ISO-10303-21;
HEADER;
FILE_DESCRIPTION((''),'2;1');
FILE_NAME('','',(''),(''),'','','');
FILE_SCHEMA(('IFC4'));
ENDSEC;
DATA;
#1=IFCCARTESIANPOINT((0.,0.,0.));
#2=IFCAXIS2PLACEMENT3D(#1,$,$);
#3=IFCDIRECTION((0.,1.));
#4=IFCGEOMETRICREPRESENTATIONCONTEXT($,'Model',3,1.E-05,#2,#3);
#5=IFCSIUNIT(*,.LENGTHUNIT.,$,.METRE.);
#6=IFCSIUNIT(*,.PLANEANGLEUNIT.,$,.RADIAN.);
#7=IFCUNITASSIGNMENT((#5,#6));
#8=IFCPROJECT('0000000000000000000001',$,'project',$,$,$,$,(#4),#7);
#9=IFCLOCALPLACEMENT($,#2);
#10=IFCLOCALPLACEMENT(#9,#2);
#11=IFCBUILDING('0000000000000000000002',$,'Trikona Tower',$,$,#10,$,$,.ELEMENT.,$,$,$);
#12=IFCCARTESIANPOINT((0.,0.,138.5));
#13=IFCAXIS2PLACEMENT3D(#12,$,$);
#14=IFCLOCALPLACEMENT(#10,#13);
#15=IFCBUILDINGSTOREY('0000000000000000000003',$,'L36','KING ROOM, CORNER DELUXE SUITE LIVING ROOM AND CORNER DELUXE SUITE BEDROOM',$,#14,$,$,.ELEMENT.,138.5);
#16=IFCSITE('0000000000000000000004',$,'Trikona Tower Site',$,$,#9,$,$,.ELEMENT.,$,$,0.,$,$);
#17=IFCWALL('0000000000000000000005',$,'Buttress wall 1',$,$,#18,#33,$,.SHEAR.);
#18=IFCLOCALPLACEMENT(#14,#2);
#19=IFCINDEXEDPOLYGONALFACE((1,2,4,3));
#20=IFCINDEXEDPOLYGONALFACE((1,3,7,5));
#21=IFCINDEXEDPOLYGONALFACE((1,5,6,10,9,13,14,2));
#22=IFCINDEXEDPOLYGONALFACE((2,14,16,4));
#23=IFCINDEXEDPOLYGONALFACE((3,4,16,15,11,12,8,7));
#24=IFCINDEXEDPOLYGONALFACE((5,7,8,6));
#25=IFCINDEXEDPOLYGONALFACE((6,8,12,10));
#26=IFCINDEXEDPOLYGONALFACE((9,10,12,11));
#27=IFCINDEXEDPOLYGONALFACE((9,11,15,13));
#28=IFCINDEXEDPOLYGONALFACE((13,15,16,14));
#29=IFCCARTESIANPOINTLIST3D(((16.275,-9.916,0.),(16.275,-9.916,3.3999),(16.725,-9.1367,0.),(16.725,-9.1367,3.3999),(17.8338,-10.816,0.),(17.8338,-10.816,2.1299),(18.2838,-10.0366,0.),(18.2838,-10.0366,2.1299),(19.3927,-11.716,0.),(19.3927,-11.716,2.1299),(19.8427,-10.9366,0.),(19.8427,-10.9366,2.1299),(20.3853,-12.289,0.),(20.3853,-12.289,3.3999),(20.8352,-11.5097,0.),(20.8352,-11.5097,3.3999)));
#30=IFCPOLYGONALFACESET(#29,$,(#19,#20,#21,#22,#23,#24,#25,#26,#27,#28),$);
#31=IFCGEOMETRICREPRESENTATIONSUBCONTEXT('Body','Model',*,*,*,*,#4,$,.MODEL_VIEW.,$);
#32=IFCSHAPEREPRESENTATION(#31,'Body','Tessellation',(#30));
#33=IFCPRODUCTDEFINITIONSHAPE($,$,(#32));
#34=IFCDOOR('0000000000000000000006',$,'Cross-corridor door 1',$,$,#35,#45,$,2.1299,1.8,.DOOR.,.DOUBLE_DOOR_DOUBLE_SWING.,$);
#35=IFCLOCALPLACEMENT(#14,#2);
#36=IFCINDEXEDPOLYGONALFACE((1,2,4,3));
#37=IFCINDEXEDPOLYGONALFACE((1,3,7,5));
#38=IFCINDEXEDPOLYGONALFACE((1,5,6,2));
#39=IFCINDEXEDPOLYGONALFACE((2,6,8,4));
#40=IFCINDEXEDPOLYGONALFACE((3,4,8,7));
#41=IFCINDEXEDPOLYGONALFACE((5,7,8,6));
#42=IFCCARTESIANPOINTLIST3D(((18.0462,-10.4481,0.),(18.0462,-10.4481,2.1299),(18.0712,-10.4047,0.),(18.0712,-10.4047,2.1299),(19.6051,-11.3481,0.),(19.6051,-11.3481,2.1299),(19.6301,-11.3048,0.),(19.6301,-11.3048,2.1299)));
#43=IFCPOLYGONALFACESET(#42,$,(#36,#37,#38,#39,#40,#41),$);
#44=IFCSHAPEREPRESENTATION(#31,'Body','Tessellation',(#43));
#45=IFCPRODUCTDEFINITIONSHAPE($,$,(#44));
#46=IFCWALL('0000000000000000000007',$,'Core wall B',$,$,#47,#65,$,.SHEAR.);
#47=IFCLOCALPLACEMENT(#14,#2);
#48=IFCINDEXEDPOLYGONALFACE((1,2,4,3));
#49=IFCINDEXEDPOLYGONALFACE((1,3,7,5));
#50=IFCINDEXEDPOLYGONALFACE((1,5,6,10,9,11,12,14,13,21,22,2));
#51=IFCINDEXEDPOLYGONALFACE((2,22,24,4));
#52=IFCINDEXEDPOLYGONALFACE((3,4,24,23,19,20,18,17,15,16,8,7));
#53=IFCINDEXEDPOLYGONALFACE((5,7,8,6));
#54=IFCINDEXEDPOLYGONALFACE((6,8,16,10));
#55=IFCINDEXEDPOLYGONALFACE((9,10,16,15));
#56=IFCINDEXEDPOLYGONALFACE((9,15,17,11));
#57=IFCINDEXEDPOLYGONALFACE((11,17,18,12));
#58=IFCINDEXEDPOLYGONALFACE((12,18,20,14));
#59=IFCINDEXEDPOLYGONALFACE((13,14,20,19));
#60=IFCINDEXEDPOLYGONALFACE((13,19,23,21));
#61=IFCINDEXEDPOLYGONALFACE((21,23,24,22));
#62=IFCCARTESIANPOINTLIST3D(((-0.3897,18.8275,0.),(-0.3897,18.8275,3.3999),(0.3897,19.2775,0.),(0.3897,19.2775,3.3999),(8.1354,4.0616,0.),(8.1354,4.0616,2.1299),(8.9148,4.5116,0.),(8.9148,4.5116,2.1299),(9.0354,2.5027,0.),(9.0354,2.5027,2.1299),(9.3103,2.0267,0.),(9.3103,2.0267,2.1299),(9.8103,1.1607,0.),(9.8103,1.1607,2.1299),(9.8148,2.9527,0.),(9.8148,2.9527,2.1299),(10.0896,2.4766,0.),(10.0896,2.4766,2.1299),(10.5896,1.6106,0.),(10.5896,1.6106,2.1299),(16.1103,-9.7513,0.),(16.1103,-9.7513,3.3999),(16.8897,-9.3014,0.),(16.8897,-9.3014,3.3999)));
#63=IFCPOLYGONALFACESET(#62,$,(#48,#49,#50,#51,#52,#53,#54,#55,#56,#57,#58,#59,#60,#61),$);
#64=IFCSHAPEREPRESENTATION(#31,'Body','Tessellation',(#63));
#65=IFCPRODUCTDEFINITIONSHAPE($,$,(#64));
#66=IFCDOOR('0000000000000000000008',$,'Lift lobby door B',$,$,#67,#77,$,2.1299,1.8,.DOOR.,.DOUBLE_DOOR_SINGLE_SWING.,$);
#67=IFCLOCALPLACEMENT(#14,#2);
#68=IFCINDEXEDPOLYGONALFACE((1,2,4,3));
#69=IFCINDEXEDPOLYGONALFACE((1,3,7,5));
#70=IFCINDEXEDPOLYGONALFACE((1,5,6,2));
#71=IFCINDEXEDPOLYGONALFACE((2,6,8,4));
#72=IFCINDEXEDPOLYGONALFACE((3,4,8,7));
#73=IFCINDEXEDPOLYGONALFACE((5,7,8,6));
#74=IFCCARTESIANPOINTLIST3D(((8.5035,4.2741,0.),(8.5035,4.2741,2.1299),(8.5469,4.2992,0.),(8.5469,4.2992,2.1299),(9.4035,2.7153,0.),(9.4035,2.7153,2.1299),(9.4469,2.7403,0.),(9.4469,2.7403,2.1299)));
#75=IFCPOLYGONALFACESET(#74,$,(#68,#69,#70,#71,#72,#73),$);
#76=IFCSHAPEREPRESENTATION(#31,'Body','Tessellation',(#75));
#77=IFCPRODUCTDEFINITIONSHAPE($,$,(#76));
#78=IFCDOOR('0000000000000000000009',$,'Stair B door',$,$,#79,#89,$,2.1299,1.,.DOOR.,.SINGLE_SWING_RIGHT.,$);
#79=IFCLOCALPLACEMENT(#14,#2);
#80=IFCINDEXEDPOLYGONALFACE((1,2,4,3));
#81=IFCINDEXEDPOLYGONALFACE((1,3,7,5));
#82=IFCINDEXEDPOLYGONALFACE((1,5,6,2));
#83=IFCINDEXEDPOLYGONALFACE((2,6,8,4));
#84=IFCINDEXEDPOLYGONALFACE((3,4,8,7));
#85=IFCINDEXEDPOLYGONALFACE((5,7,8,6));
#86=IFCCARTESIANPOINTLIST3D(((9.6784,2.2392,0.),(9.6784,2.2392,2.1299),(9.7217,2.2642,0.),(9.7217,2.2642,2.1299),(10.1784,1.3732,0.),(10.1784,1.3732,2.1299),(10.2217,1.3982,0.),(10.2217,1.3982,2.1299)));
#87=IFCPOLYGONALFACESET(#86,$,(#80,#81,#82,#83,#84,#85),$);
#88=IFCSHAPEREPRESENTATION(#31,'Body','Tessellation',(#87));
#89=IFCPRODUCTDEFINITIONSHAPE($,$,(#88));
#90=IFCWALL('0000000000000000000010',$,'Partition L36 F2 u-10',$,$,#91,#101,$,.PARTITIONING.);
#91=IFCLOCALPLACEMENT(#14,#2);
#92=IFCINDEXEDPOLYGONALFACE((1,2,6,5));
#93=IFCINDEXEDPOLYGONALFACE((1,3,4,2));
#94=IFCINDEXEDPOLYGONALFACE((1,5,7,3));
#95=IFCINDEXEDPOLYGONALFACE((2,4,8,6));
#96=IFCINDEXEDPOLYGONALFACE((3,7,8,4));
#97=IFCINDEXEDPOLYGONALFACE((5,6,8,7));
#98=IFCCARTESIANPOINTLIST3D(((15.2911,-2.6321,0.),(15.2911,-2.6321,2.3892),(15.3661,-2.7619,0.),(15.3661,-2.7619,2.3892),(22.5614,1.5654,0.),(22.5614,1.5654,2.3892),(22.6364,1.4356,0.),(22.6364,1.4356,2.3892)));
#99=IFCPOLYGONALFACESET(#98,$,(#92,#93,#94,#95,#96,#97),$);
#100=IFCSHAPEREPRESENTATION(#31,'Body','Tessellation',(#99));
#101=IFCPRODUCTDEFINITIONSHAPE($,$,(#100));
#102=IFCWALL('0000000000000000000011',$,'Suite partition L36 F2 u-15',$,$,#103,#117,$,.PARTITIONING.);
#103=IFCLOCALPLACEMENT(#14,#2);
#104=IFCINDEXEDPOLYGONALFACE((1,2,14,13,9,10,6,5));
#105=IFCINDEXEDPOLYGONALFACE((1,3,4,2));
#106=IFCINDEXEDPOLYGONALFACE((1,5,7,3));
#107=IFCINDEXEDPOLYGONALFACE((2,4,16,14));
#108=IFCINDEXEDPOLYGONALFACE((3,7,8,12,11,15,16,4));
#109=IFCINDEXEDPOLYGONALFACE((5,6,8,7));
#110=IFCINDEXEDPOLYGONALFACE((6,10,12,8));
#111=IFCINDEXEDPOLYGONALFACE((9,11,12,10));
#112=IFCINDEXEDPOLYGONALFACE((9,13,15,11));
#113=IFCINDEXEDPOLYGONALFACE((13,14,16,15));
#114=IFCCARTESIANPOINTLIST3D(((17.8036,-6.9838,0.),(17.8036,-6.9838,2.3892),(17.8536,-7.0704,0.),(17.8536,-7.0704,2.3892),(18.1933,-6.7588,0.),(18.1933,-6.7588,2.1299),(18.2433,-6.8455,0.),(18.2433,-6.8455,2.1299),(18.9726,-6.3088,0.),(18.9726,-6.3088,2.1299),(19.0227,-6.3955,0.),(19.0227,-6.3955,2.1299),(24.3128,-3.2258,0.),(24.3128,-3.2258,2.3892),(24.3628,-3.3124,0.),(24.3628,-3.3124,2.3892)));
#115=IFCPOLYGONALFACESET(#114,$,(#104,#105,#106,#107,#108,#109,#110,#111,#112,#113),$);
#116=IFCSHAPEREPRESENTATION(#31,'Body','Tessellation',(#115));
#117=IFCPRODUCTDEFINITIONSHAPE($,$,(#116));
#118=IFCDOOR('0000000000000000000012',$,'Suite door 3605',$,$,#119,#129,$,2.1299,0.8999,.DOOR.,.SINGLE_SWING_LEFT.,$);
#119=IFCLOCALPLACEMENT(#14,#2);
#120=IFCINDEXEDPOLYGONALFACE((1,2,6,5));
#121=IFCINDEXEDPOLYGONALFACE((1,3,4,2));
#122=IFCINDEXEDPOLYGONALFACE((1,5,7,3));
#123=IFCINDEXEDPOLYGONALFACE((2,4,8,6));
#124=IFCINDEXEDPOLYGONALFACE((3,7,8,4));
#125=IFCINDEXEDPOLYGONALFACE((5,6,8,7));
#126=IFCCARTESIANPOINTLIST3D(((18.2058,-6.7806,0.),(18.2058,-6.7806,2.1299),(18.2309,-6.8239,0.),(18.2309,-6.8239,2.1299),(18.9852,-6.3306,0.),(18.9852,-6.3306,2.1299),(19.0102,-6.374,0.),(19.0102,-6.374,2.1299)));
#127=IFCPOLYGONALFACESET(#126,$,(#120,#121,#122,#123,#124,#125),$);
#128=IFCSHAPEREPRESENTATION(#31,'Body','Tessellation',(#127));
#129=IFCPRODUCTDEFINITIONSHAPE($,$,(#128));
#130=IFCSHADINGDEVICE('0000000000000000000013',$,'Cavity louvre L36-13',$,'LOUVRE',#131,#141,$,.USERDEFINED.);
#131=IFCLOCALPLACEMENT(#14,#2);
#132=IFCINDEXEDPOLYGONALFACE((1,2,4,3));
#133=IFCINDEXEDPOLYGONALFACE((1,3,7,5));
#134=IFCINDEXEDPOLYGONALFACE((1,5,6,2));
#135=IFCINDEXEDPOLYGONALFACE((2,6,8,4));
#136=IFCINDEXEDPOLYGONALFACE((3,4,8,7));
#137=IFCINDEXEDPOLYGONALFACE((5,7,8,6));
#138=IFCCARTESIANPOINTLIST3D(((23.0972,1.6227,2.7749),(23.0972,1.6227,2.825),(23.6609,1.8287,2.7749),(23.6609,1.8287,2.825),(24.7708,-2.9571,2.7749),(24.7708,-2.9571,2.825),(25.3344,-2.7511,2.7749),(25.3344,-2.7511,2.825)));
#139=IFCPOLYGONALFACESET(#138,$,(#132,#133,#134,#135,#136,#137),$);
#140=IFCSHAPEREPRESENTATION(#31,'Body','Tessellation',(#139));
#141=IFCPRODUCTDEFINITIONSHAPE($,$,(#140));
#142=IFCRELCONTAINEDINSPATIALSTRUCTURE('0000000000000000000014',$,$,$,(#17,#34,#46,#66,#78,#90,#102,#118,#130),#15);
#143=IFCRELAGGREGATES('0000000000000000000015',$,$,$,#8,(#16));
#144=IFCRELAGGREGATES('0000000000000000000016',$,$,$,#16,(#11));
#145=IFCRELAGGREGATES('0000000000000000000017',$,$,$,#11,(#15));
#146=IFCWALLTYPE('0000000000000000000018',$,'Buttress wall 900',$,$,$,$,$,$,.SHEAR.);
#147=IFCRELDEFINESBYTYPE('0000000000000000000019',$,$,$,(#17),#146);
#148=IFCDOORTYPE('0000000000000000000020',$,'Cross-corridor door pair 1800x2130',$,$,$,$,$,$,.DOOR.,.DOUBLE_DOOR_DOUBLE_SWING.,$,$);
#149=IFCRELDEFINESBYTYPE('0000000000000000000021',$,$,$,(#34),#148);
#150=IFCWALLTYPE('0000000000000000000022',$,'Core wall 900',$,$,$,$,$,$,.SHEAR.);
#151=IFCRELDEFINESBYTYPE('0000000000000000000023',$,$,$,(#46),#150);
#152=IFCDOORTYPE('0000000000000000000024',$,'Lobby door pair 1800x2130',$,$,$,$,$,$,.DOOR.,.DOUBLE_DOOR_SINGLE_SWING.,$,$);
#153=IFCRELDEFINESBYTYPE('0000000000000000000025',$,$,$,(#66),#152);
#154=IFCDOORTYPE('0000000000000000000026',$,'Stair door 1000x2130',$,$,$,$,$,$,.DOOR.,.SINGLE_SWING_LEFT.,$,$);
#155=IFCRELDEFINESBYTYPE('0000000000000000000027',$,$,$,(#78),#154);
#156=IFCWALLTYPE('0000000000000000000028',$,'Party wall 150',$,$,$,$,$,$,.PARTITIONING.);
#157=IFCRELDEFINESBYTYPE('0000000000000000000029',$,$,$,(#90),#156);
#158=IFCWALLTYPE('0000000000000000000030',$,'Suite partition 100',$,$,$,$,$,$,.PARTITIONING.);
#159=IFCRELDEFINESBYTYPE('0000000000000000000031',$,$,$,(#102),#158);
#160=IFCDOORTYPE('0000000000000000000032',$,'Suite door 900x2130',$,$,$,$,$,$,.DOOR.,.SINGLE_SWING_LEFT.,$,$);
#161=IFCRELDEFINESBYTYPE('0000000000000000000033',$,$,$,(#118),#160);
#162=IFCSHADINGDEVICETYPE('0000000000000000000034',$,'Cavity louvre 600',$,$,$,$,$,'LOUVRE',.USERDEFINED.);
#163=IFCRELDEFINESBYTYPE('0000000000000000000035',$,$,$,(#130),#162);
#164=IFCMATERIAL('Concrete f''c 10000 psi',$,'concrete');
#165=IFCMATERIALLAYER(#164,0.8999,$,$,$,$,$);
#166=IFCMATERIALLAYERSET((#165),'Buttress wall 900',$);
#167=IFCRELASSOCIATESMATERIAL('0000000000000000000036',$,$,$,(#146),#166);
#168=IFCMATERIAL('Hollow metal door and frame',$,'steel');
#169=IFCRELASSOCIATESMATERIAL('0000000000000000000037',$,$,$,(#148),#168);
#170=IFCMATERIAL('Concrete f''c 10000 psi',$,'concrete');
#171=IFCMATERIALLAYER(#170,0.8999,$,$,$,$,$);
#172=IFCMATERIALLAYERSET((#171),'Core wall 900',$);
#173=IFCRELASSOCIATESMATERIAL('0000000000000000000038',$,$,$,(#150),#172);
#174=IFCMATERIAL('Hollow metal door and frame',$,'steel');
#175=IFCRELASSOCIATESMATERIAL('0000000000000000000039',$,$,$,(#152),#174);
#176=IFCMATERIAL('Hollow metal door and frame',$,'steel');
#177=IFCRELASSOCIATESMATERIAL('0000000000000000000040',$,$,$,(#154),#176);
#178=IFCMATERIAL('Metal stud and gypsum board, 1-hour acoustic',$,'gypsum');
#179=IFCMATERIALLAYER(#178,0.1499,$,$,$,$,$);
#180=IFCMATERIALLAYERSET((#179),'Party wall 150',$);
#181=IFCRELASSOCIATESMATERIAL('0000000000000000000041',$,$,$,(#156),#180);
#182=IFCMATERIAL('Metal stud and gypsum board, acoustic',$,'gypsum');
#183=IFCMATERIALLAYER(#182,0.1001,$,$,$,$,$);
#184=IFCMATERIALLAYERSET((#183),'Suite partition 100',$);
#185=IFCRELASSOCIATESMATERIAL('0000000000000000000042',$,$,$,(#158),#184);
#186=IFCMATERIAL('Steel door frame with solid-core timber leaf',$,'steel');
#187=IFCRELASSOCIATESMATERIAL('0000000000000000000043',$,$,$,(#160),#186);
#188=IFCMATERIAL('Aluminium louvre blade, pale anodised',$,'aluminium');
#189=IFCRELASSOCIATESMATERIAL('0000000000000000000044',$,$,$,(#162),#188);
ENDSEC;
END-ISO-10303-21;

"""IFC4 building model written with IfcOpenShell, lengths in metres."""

from ifc_helpers import new_model, si_unit, direction, frame, frame_2d, origin, origin_2d, place, context, subcontext, project, spatial, rectangle, extrude, material, layer, layer_set, type_object, element, fill, save


model = new_model("IFC4")

# Units and contexts
model_context = context("Model", 3, precision=1e-05, world=origin(), true_north=direction((0.0, 1.0)))
body_context = subcontext(model_context, "Body", "Model", "MODEL_VIEW")
ifc_project = project(units=[si_unit("LENGTHUNIT", "METRE"), si_unit("PLANEANGLEUNIT", "RADIAN")], contexts=[model_context])

# Site, building, storey
site_placement = place(None, origin())
site = spatial("IfcSite", under=ifc_project, at=site_placement, Name="Trikona Tower Site", CompositionType="ELEMENT", RefElevation=0.0)
building_placement = place(site_placement, origin())
building = spatial("IfcBuilding", under=site, at=building_placement, Name="Trikona Tower", CompositionType="ELEMENT")
storey_placement = place(building_placement, frame((0.0, 0.0, 138.5)))
storey = spatial("IfcBuildingStorey", under=building, at=storey_placement, Name="L36", Description="KING ROOM, CORNER DELUXE SUITE LIVING ROOM AND CORNER DELUXE SUITE BEDROOM", CompositionType="ELEMENT", Elevation=138.5)

# Wall, opening, door
ifc_material_1 = material(Name="Concrete f'c 10000 psi", Category="concrete")
ifc_layer_1 = layer(ifc_material_1, 0.8999)
ifc_layer_set_1 = layer_set([ifc_layer_1], Name="Buttress wall 900")
wall_type_1 = type_object("IfcWallType", Name="Buttress wall 900", PredefinedType="SHEAR", material=ifc_layer_set_1)
wall_1_placement = place(storey_placement, frame((16.5, -9.5264, 0.0), z_axis=(0.0, 0.0, 1.0), x_axis=(0.866031, -0.49999, 0.0)))
wall_1 = element("IfcWall", 1, at=wall_1_placement, inside=storey, type_object=wall_type_1, Name="Buttress wall 1", PredefinedType="SHEAR", context=body_context, shape_type="SweptSolid", body=[
    extrude(rectangle(XDim=4.7461, YDim=0.8999, at=frame_2d((2.373, 0.0))), origin(), (0.0, 0.0, 1.0), 3.3999),
])
opening_1_placement = place(wall_1_placement, frame((1.8, 0.0, 0.0)))
opening_1 = element("IfcOpeningElement", 2, at=opening_1_placement, cuts=wall_1, PredefinedType="OPENING", context=body_context, shape_type="SweptSolid", body=[
    extrude(rectangle(XDim=1.8, YDim=2.1299, at=frame_2d((0.8999, 1.0649))), frame((0.0, 0.46, 0.0), z_axis=(0.0, -1.0, 0.0), x_axis=(1.0, 0.0, 0.0)), (0.0, 0.0, 1.0), 0.9199),
])
ifc_material_2 = material(Name="Hollow metal door and frame", Category="steel")
door_type_1 = type_object("IfcDoorType", Name="Cross-corridor door pair 1800x2130", OperationType="DOUBLE_DOOR_DOUBLE_SWING", PredefinedType="DOOR", material=ifc_material_2)
door_1_placement = place(opening_1_placement, origin())
door_1 = element("IfcDoor", 3, at=door_1_placement, inside=storey, type_object=door_type_1, Name="Cross-corridor door 1", OperationType="DOUBLE_DOOR_DOUBLE_SWING", OverallHeight=2.1299, OverallWidth=1.8, PredefinedType="DOOR", context=body_context, shape_type="SweptSolid", body=[
    extrude(rectangle(XDim=1.8, YDim=2.1299, at=frame_2d((0.8999, 1.0649))), frame((0.0, 0.0249, 0.0), z_axis=(0.0, -1.0, 0.0), x_axis=(1.0, 0.0, 0.0)), (0.0, 0.0, 1.0), 0.05),
])
fill(opening_1, door_1)

# Wall, openings, doors
ifc_material_3 = material(Name="Concrete f'c 10000 psi", Category="concrete")
ifc_layer_2 = layer(ifc_material_3, 0.8999)
ifc_layer_set_2 = layer_set([ifc_layer_2], Name="Core wall 900")
wall_type_2 = type_object("IfcWallType", Name="Core wall 900", PredefinedType="SHEAR", material=ifc_layer_set_2)
wall_2_placement = place(storey_placement, frame((16.5, -9.5264, 0.0), z_axis=(0.0, 0.0, 1.0), x_axis=(-0.5, 0.866026, 0.0)))
wall_2 = element("IfcWall", 4, at=wall_2_placement, inside=storey, type_object=wall_type_2, Name="Core wall B", PredefinedType="SHEAR", context=body_context, shape_type="SweptSolid", body=[
    extrude(rectangle(XDim=33.0, YDim=0.8999, at=frame_2d((16.5, 0.0))), origin(), (0.0, 0.0, 1.0), 3.3999),
])
opening_2_placement = place(wall_2_placement, frame((14.1499, 0.0, 0.0)))
opening_2 = element("IfcOpeningElement", 5, at=opening_2_placement, cuts=wall_2, PredefinedType="OPENING", context=body_context, shape_type="SweptSolid", body=[
    extrude(rectangle(XDim=1.8, YDim=2.1299, at=frame_2d((0.8999, 1.0649))), frame((0.0, 0.46, 0.0), z_axis=(0.0, -1.0, 0.0), x_axis=(1.0, 0.0, 0.0)), (0.0, 0.0, 1.0), 0.9199),
])
opening_3_placement = place(wall_2_placement, frame((12.6001, 0.0, 0.0)))
opening_3 = element("IfcOpeningElement", 6, at=opening_3_placement, cuts=wall_2, PredefinedType="OPENING", context=body_context, shape_type="SweptSolid", body=[
    extrude(rectangle(XDim=1.0, YDim=2.1299, at=frame_2d((0.5, 1.0649))), frame((0.0, 0.46, 0.0), z_axis=(0.0, -1.0, 0.0), x_axis=(1.0, 0.0, 0.0)), (0.0, 0.0, 1.0), 0.9199),
])
ifc_material_4 = material(Name="Hollow metal door and frame", Category="steel")
door_type_2 = type_object("IfcDoorType", Name="Lobby door pair 1800x2130", OperationType="DOUBLE_DOOR_SINGLE_SWING", PredefinedType="DOOR", material=ifc_material_4)
door_2_placement = place(opening_2_placement, origin())
door_2 = element("IfcDoor", 7, at=door_2_placement, inside=storey, type_object=door_type_2, Name="Lift lobby door B", OperationType="DOUBLE_DOOR_SINGLE_SWING", OverallHeight=2.1299, OverallWidth=1.8, PredefinedType="DOOR", context=body_context, shape_type="SweptSolid", body=[
    extrude(rectangle(XDim=1.8, YDim=2.1299, at=frame_2d((0.8999, 1.0649))), frame((0.0, 0.0249, 0.0), z_axis=(0.0, -1.0, 0.0), x_axis=(1.0, 0.0, 0.0)), (0.0, 0.0, 1.0), 0.05),
])
fill(opening_2, door_2)
ifc_material_5 = material(Name="Hollow metal door and frame", Category="steel")
door_type_3 = type_object("IfcDoorType", Name="Stair door 1000x2130", OperationType="SINGLE_SWING_LEFT", PredefinedType="DOOR", material=ifc_material_5)
door_3_placement = place(opening_3_placement, origin())
door_3 = element("IfcDoor", 8, at=door_3_placement, inside=storey, type_object=door_type_3, Name="Stair B door", OperationType="SINGLE_SWING_RIGHT", OverallHeight=2.1299, OverallWidth=1.0, PredefinedType="DOOR", context=body_context, shape_type="SweptSolid", body=[
    extrude(rectangle(XDim=1.0, YDim=2.1299, at=frame_2d((0.5, 1.0649))), frame((0.0, 0.0249, 0.0), z_axis=(0.0, -1.0, 0.0), x_axis=(1.0, 0.0, 0.0)), (0.0, 0.0, 1.0), 0.05),
])
fill(opening_3, door_3)

# Wall
ifc_material_6 = material(Name="Metal stud and gypsum board, 1-hour acoustic", Category="gypsum")
ifc_layer_3 = layer(ifc_material_6, 0.1499)
ifc_layer_set_3 = layer_set([ifc_layer_3], Name="Party wall 150")
wall_type_3 = type_object("IfcWallType", Name="Party wall 150", PredefinedType="PARTITIONING", material=ifc_layer_set_3)
wall_3_placement = place(storey_placement, frame((15.3286, -2.697, 0.0), z_axis=(0.0, 0.0, 1.0), x_axis=(0.866024, 0.500002, 0.0)))
element("IfcWall", 9, at=wall_3_placement, inside=storey, type_object=wall_type_3, Name="Partition L36 F2 u-10", PredefinedType="PARTITIONING", context=body_context, shape_type="SweptSolid", body=[
    extrude(rectangle(XDim=8.395, YDim=0.1499, at=frame_2d((4.1975, 0.0))), origin(), (0.0, 0.0, 1.0), 2.3892),
])

# Wall, opening, door
ifc_material_7 = material(Name="Metal stud and gypsum board, acoustic", Category="gypsum")
ifc_layer_4 = layer(ifc_material_7, 0.1001)
ifc_layer_set_4 = layer_set([ifc_layer_4], Name="Suite partition 100")
wall_type_4 = type_object("IfcWallType", Name="Suite partition 100", PredefinedType="PARTITIONING", material=ifc_layer_set_4)
wall_4_placement = place(storey_placement, frame((17.8286, -7.0271, 0.0), z_axis=(0.0, 0.0, 1.0), x_axis=(0.86603, 0.499992, 0.0)))
wall_4 = element("IfcWall", 10, at=wall_4_placement, inside=storey, type_object=wall_type_4, Name="Suite partition L36 F2 u-15", PredefinedType="PARTITIONING", context=body_context, shape_type="SweptSolid", body=[
    extrude(rectangle(XDim=7.5161, YDim=0.1001, at=frame_2d((3.7581, 0.0))), origin(), (0.0, 0.0, 1.0), 2.3892),
])
opening_4_placement = place(wall_4_placement, frame((0.45, 0.0, 0.0)))
opening_4 = element("IfcOpeningElement", 11, at=opening_4_placement, cuts=wall_4, PredefinedType="OPENING", context=body_context, shape_type="SweptSolid", body=[
    extrude(rectangle(XDim=0.8999, YDim=2.1299, at=frame_2d((0.45, 1.0649))), frame((0.0, 0.0601, 0.0), z_axis=(0.0, -1.0, 0.0), x_axis=(1.0, 0.0, 0.0)), (0.0, 0.0, 1.0), 0.1201),
])
ifc_material_8 = material(Name="Steel door frame with solid-core timber leaf", Category="steel")
door_type_4 = type_object("IfcDoorType", Name="Suite door 900x2130", OperationType="SINGLE_SWING_LEFT", PredefinedType="DOOR", material=ifc_material_8)
door_4_placement = place(opening_4_placement, origin())
door_4 = element("IfcDoor", 12, at=door_4_placement, inside=storey, type_object=door_type_4, Name="Suite door 3605", OperationType="SINGLE_SWING_LEFT", OverallHeight=2.1299, OverallWidth=0.8999, PredefinedType="DOOR", context=body_context, shape_type="SweptSolid", body=[
    extrude(rectangle(XDim=0.8999, YDim=2.1299, at=frame_2d((0.45, 1.0649))), frame((0.0, 0.0249, 0.0), z_axis=(0.0, -1.0, 0.0), x_axis=(1.0, 0.0, 0.0)), (0.0, 0.0, 1.0), 0.05),
])
fill(opening_4, door_4)

# Shading device
ifc_material_9 = material(Name="Aluminium louvre blade, pale anodised", Category="aluminium")
shading_device_type = type_object("IfcShadingDeviceType", Name="Cavity louvre 600", ElementType="LOUVRE", PredefinedType="USERDEFINED", material=ifc_material_9)
shading_device_placement = place(storey_placement, frame((24.2158, -0.5642, 2.7749), z_axis=(0.0, 0.0, 1.0), x_axis=(-0.34322, 0.939255, 0.0)))
element("IfcShadingDevice", 13, at=shading_device_placement, inside=storey, type_object=shading_device_type, Name="Cavity louvre L36-13", ObjectType="LOUVRE", PredefinedType="USERDEFINED", context=body_context, shape_type="SweptSolid", body=[
    extrude(rectangle(XDim=4.876, YDim=0.6001, at=origin_2d()), origin(), (0.0, 0.0, 1.0), 0.05),
])

save(model, "model.ifc")
